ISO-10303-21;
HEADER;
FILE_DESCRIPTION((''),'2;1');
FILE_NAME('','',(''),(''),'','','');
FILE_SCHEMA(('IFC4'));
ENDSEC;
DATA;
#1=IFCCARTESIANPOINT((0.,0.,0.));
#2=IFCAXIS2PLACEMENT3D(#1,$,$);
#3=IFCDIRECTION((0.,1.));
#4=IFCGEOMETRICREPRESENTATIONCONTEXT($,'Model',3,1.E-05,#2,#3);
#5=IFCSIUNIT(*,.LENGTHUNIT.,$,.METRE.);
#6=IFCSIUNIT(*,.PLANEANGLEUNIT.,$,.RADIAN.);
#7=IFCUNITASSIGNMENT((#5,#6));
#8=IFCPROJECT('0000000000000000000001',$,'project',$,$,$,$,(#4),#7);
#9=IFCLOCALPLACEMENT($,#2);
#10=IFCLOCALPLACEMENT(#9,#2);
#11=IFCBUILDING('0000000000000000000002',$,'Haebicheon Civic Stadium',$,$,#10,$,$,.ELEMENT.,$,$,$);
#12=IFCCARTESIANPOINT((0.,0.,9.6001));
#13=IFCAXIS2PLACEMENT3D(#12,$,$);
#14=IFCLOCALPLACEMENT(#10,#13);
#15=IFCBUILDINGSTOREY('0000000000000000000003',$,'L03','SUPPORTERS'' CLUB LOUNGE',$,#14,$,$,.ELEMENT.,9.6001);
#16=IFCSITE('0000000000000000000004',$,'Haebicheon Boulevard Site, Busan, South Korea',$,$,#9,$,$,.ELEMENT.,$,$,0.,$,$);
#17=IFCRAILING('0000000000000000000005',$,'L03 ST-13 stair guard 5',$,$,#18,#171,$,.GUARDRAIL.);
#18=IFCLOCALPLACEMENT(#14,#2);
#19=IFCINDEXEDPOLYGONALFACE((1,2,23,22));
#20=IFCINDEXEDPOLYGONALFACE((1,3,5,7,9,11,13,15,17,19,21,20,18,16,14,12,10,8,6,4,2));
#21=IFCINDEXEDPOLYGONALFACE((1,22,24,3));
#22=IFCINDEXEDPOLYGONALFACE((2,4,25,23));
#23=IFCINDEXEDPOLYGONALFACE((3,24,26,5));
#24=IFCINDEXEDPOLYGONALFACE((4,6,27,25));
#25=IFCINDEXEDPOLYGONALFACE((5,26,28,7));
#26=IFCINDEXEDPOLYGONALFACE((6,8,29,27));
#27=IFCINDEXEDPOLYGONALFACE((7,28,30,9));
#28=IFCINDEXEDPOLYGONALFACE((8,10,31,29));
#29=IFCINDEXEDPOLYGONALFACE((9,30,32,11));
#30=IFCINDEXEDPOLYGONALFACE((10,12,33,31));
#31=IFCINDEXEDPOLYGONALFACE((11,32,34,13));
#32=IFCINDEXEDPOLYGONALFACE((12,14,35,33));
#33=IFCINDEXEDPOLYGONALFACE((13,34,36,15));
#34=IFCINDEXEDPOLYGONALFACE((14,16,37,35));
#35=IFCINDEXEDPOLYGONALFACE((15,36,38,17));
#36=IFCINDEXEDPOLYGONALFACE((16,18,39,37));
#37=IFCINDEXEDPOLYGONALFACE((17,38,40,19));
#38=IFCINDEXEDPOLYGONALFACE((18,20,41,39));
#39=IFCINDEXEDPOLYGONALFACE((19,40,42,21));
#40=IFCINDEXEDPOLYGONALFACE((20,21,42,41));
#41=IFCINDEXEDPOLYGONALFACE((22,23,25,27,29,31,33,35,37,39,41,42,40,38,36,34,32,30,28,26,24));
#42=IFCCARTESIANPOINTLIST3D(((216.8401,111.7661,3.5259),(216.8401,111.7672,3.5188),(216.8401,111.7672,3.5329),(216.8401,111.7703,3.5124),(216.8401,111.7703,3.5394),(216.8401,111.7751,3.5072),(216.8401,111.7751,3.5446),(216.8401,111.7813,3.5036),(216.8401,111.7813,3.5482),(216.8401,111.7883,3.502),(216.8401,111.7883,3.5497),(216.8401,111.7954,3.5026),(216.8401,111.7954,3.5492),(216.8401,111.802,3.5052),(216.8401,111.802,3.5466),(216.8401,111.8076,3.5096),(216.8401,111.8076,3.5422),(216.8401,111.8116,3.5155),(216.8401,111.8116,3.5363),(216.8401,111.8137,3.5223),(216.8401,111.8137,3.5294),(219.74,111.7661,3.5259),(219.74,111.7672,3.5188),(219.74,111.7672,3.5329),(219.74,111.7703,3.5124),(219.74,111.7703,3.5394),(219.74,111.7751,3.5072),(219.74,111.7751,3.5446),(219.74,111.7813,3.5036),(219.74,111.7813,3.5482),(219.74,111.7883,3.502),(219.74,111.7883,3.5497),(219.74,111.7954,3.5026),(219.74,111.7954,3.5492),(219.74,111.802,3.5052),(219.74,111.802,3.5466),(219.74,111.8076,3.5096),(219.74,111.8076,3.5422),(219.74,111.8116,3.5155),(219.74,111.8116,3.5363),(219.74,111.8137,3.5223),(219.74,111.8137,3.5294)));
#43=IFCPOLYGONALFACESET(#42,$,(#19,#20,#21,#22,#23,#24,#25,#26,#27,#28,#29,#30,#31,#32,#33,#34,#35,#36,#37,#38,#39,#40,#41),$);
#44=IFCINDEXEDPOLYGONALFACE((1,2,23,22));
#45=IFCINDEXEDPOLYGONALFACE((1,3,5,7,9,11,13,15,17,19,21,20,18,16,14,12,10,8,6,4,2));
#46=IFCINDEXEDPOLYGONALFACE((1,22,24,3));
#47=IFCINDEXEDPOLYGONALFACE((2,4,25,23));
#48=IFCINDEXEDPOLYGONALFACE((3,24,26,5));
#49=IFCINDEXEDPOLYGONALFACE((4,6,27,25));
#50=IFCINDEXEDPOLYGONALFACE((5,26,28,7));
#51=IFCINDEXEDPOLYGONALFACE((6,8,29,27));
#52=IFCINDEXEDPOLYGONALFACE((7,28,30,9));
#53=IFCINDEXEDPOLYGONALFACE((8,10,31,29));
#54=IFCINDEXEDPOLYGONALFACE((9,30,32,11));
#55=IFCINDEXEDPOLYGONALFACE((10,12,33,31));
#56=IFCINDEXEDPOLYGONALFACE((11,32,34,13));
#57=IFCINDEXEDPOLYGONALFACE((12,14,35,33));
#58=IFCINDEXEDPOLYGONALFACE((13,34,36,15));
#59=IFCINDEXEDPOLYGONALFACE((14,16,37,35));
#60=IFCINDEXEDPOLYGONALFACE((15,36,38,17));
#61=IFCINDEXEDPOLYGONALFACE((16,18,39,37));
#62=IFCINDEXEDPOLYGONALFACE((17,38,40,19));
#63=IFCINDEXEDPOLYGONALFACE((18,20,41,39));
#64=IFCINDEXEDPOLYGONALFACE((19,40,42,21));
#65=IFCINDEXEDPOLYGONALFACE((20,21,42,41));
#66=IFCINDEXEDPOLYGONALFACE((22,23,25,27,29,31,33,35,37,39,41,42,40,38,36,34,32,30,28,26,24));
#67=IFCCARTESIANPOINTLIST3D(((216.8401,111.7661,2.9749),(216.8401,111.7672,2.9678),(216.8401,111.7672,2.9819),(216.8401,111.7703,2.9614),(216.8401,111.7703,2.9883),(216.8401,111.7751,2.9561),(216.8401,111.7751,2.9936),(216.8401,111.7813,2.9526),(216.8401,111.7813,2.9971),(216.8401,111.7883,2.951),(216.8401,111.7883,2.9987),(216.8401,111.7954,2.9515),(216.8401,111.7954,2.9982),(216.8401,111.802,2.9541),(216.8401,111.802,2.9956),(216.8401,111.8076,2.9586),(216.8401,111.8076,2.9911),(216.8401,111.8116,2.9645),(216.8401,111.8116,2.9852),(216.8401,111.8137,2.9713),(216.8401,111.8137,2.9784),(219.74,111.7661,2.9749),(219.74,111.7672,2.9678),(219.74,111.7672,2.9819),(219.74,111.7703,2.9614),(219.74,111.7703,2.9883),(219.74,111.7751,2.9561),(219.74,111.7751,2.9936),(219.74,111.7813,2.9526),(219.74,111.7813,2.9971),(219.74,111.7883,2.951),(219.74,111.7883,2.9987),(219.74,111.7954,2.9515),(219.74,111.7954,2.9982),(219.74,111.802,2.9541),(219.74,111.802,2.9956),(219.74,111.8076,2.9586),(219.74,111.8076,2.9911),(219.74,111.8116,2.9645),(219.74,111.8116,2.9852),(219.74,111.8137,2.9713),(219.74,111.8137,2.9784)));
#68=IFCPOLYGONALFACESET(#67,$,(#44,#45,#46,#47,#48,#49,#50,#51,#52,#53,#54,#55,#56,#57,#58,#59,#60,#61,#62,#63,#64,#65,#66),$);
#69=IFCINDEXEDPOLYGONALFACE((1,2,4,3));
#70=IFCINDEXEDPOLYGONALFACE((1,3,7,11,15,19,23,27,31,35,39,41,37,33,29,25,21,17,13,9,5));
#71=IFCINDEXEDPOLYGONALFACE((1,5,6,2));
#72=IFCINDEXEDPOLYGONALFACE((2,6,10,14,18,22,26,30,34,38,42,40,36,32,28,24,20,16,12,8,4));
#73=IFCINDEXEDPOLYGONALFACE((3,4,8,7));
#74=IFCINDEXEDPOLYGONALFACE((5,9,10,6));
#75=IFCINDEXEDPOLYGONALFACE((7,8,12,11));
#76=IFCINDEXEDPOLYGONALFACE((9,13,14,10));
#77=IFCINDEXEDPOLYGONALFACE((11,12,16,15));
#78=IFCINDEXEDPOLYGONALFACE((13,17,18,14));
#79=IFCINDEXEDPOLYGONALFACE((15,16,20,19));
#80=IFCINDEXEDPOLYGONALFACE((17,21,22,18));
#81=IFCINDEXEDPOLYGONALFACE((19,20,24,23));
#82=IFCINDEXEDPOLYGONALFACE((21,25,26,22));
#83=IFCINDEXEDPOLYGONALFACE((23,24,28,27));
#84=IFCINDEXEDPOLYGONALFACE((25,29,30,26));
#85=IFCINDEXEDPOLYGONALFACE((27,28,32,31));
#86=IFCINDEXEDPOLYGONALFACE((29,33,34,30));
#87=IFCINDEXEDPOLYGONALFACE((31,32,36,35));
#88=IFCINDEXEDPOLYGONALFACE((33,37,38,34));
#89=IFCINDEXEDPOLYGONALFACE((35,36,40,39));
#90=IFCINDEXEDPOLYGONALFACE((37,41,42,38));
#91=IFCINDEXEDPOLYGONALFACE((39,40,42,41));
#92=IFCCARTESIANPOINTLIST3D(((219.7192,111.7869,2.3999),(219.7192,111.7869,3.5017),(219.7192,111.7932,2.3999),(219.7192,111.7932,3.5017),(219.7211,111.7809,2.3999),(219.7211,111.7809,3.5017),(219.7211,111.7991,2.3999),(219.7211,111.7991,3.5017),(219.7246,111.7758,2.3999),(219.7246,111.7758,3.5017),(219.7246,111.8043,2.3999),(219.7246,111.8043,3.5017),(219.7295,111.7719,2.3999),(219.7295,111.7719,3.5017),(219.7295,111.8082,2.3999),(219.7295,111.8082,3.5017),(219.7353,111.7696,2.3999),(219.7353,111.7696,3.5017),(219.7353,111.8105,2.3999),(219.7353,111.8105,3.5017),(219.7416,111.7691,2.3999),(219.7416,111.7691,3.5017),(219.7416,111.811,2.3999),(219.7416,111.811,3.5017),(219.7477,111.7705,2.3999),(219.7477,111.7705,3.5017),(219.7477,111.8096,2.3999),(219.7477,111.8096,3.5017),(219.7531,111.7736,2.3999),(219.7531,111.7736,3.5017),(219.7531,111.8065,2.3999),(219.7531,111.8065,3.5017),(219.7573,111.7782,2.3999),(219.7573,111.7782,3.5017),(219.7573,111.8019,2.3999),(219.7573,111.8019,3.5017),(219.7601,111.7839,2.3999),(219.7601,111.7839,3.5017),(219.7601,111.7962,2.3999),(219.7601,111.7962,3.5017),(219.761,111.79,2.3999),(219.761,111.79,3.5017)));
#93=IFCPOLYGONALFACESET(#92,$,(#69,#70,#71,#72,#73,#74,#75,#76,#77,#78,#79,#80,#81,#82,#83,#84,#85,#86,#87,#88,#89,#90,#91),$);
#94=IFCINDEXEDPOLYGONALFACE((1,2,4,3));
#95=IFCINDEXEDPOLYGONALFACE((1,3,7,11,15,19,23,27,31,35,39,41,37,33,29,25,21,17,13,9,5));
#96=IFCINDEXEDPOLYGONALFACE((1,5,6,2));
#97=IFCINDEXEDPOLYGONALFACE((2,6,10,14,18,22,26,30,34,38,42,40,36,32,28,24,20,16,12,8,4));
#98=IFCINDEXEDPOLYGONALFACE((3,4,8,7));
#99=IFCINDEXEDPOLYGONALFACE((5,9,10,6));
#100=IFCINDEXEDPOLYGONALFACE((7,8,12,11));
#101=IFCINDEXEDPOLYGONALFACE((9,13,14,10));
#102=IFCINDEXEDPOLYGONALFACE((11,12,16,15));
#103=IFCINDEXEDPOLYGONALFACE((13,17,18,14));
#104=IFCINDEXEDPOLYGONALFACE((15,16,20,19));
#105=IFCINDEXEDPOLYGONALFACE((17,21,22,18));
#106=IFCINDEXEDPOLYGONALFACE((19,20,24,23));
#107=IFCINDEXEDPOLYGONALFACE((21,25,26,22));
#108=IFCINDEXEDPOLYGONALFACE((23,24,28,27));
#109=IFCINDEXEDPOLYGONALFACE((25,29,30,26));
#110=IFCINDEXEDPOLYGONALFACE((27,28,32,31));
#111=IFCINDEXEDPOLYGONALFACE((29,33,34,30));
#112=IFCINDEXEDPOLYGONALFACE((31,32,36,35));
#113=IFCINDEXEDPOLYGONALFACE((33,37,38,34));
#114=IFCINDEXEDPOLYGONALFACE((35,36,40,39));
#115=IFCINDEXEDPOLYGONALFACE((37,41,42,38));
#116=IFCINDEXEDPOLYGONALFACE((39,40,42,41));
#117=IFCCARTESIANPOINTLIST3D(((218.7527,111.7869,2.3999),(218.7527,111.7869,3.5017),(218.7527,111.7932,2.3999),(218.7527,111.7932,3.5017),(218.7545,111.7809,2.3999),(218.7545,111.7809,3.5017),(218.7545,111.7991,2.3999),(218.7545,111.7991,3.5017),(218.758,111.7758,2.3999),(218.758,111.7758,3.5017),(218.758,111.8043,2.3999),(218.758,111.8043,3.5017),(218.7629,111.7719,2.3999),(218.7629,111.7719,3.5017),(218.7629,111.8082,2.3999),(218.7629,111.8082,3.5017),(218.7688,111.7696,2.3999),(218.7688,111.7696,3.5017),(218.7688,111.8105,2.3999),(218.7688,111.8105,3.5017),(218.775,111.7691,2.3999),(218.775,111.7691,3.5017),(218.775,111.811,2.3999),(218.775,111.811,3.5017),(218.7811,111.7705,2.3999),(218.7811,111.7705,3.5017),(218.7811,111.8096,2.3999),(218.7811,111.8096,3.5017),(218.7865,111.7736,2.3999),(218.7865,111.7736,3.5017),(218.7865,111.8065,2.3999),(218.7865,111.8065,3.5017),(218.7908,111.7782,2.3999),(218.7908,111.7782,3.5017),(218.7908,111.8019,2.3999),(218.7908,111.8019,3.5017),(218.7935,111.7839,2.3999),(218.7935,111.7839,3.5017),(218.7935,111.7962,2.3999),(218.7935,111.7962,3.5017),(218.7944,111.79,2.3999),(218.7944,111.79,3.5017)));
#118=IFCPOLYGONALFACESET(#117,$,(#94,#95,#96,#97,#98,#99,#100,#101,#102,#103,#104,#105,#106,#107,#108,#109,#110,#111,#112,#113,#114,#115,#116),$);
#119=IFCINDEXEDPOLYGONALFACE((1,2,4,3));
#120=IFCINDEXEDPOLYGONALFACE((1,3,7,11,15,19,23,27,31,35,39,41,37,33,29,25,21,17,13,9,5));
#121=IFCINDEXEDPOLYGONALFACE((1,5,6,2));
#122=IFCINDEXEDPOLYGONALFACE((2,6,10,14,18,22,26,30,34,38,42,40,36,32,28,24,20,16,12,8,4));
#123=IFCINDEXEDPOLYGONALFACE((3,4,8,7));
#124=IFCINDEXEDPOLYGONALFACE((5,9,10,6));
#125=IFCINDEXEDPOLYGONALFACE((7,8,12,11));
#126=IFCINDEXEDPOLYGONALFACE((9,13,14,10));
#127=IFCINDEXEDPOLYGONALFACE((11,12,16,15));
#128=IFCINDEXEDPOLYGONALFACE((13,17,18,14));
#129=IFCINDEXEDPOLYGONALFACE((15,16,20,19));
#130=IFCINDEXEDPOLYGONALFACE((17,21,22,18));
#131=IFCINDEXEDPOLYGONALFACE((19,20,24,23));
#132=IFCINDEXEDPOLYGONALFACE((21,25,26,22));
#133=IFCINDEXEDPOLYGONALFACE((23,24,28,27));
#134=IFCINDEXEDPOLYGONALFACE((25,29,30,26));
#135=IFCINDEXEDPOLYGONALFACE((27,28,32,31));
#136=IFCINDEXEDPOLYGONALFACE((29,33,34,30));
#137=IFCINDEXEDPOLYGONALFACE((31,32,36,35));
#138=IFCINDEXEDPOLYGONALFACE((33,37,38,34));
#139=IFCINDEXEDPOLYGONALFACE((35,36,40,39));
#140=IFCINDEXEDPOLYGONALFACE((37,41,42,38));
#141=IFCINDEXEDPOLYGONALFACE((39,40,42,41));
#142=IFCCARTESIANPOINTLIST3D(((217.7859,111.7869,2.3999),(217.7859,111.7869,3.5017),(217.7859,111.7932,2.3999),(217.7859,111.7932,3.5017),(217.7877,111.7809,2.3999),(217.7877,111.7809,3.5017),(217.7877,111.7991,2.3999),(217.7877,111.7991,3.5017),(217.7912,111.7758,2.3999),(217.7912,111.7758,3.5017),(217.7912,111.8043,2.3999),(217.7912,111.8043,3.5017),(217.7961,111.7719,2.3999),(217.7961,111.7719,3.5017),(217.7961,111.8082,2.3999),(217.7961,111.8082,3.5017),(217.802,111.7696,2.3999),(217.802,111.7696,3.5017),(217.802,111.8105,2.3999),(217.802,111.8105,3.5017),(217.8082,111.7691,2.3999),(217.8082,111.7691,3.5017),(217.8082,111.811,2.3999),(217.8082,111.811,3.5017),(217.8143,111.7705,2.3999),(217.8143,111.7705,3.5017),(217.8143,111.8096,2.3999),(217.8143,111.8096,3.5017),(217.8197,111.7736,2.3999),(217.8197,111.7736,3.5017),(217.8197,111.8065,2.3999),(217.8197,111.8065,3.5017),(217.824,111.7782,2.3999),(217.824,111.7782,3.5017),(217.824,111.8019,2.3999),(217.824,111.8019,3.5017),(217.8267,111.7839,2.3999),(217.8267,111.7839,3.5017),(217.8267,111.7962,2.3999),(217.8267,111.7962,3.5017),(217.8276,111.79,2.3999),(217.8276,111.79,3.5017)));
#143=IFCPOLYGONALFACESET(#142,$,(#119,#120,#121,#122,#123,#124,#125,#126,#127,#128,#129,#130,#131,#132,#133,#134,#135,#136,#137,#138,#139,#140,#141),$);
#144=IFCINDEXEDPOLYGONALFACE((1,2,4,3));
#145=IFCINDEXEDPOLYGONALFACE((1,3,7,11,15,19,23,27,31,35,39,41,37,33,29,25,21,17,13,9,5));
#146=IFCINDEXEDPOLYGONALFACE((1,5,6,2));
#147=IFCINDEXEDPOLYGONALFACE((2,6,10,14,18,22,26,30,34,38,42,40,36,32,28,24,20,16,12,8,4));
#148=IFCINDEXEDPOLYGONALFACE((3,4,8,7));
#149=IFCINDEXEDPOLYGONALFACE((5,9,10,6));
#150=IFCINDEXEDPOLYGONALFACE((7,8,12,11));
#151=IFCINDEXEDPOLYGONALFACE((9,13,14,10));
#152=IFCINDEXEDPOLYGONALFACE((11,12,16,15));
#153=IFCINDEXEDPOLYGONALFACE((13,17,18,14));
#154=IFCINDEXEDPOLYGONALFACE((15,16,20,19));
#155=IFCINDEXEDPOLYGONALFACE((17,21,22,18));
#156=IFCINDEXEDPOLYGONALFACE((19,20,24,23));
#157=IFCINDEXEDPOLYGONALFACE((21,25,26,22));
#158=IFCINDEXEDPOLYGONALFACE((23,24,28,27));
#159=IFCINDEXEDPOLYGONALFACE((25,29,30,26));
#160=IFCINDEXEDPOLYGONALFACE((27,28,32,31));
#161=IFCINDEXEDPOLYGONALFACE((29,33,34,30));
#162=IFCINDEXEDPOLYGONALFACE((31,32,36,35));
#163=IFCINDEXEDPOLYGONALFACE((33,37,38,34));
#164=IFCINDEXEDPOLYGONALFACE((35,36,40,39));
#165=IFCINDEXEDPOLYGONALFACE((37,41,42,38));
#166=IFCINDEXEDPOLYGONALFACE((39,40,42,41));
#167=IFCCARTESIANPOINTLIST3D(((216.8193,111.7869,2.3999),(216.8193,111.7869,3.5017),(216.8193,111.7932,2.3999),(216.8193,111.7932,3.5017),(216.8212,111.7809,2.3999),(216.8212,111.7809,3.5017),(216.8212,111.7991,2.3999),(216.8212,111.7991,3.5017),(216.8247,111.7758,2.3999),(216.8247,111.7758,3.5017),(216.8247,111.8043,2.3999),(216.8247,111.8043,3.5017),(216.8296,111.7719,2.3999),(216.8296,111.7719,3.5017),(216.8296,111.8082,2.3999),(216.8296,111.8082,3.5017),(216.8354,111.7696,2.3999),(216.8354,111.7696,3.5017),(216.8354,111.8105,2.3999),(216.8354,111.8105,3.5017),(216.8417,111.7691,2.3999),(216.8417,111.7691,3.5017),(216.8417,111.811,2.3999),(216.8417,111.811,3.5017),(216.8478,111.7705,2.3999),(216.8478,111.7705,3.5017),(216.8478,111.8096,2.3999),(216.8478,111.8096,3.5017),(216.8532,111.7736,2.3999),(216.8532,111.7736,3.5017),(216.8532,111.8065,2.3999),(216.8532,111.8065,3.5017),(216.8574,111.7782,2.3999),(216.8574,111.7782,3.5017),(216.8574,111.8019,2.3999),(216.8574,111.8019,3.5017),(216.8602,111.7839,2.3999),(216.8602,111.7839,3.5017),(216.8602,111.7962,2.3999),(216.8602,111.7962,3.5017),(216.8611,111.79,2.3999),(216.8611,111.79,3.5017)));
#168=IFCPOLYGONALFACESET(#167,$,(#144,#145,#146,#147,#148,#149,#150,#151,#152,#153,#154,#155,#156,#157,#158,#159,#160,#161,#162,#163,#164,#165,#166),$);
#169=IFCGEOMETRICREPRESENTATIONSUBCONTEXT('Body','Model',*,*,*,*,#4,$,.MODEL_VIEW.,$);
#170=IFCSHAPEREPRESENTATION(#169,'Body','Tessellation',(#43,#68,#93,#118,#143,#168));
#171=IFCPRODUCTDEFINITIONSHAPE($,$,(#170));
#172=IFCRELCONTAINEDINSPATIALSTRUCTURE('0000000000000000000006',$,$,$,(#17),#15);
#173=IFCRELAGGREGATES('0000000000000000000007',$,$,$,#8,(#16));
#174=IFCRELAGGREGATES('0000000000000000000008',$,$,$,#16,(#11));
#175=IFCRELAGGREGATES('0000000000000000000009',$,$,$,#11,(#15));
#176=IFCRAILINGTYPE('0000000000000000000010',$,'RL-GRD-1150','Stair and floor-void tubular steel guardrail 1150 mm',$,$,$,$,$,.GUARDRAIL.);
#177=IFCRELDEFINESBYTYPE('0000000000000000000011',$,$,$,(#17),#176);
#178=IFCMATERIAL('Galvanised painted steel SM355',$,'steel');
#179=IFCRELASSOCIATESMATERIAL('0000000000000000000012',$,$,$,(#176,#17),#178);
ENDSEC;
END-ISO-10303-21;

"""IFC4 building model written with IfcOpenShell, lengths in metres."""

from ifc_helpers import new_model, si_unit, direction, frame, origin, origin_2d, place, context, subcontext, project, spatial, circle, extrude, material, type_object, element, save


model = new_model("IFC4")

# Units and contexts
model_context = context("Model", 3, precision=1e-05, world=origin(), true_north=direction((0.0, 1.0)))
body_context = subcontext(model_context, "Body", "Model", "MODEL_VIEW")
ifc_project = project(units=[si_unit("LENGTHUNIT", "METRE"), si_unit("PLANEANGLEUNIT", "RADIAN")], contexts=[model_context])

# Site, building, storey
site_placement = place(None, origin())
site = spatial("IfcSite", under=ifc_project, at=site_placement, Name="Haebicheon Boulevard Site, Busan, South Korea", CompositionType="ELEMENT", RefElevation=0.0)
building_placement = place(site_placement, origin())
building = spatial("IfcBuilding", under=site, at=building_placement, Name="Haebicheon Civic Stadium", CompositionType="ELEMENT")
storey_placement = place(building_placement, frame((0.0, 0.0, 9.6001)))
storey = spatial("IfcBuildingStorey", under=building, at=storey_placement, Name="L03", Description="SUPPORTERS' CLUB LOUNGE", CompositionType="ELEMENT", Elevation=9.6001)

# Railing
ifc_material_1 = material(Name="Galvanised painted steel SM355", Category="steel")
railing_type_1 = type_object("IfcRailingType", Name="RL-GRD-1150", Description="Stair and floor-void tubular steel guardrail 1150 mm", PredefinedType="GUARDRAIL", material=ifc_material_1)
railing_1_placement = place(storey_placement, frame((219.74, 111.79, 2.3999)))
element("IfcRailing", 1, at=railing_1_placement, inside=storey, type_object=railing_type_1, material=ifc_material_1, Name="L03 ST-13 stair guard 5", PredefinedType="GUARDRAIL", context=body_context, shape_type="SweptSolid", body=[
    extrude(circle(Radius=0.0239, at=origin_2d()), frame((0.0, 0.0, 1.126), z_axis=(-1.0, 0.0, 0.0), x_axis=(0.0, -1.0, 0.0)), (0.0, 0.0, 1.0), 2.8999),
    extrude(circle(Radius=0.0239, at=origin_2d()), frame((0.0, 0.0, 0.575), z_axis=(-1.0, 0.0, 0.0), x_axis=(0.0, -1.0, 0.0)), (0.0, 0.0, 1.0), 2.8999),
    extrude(circle(Radius=0.021, at=origin_2d()), origin(), (0.0, 0.0, 1.0), 1.1018),
    extrude(circle(Radius=0.021, at=origin_2d()), frame((-0.9666, 0.0, 0.0)), (0.0, 0.0, 1.0), 1.1018),
    extrude(circle(Radius=0.021, at=origin_2d()), frame((-1.9333, 0.0, 0.0)), (0.0, 0.0, 1.0), 1.1018),
    extrude(circle(Radius=0.021, at=origin_2d()), frame((-2.8999, 0.0, 0.0)), (0.0, 0.0, 1.0), 1.1018),
])

save(model, "model.ifc")
